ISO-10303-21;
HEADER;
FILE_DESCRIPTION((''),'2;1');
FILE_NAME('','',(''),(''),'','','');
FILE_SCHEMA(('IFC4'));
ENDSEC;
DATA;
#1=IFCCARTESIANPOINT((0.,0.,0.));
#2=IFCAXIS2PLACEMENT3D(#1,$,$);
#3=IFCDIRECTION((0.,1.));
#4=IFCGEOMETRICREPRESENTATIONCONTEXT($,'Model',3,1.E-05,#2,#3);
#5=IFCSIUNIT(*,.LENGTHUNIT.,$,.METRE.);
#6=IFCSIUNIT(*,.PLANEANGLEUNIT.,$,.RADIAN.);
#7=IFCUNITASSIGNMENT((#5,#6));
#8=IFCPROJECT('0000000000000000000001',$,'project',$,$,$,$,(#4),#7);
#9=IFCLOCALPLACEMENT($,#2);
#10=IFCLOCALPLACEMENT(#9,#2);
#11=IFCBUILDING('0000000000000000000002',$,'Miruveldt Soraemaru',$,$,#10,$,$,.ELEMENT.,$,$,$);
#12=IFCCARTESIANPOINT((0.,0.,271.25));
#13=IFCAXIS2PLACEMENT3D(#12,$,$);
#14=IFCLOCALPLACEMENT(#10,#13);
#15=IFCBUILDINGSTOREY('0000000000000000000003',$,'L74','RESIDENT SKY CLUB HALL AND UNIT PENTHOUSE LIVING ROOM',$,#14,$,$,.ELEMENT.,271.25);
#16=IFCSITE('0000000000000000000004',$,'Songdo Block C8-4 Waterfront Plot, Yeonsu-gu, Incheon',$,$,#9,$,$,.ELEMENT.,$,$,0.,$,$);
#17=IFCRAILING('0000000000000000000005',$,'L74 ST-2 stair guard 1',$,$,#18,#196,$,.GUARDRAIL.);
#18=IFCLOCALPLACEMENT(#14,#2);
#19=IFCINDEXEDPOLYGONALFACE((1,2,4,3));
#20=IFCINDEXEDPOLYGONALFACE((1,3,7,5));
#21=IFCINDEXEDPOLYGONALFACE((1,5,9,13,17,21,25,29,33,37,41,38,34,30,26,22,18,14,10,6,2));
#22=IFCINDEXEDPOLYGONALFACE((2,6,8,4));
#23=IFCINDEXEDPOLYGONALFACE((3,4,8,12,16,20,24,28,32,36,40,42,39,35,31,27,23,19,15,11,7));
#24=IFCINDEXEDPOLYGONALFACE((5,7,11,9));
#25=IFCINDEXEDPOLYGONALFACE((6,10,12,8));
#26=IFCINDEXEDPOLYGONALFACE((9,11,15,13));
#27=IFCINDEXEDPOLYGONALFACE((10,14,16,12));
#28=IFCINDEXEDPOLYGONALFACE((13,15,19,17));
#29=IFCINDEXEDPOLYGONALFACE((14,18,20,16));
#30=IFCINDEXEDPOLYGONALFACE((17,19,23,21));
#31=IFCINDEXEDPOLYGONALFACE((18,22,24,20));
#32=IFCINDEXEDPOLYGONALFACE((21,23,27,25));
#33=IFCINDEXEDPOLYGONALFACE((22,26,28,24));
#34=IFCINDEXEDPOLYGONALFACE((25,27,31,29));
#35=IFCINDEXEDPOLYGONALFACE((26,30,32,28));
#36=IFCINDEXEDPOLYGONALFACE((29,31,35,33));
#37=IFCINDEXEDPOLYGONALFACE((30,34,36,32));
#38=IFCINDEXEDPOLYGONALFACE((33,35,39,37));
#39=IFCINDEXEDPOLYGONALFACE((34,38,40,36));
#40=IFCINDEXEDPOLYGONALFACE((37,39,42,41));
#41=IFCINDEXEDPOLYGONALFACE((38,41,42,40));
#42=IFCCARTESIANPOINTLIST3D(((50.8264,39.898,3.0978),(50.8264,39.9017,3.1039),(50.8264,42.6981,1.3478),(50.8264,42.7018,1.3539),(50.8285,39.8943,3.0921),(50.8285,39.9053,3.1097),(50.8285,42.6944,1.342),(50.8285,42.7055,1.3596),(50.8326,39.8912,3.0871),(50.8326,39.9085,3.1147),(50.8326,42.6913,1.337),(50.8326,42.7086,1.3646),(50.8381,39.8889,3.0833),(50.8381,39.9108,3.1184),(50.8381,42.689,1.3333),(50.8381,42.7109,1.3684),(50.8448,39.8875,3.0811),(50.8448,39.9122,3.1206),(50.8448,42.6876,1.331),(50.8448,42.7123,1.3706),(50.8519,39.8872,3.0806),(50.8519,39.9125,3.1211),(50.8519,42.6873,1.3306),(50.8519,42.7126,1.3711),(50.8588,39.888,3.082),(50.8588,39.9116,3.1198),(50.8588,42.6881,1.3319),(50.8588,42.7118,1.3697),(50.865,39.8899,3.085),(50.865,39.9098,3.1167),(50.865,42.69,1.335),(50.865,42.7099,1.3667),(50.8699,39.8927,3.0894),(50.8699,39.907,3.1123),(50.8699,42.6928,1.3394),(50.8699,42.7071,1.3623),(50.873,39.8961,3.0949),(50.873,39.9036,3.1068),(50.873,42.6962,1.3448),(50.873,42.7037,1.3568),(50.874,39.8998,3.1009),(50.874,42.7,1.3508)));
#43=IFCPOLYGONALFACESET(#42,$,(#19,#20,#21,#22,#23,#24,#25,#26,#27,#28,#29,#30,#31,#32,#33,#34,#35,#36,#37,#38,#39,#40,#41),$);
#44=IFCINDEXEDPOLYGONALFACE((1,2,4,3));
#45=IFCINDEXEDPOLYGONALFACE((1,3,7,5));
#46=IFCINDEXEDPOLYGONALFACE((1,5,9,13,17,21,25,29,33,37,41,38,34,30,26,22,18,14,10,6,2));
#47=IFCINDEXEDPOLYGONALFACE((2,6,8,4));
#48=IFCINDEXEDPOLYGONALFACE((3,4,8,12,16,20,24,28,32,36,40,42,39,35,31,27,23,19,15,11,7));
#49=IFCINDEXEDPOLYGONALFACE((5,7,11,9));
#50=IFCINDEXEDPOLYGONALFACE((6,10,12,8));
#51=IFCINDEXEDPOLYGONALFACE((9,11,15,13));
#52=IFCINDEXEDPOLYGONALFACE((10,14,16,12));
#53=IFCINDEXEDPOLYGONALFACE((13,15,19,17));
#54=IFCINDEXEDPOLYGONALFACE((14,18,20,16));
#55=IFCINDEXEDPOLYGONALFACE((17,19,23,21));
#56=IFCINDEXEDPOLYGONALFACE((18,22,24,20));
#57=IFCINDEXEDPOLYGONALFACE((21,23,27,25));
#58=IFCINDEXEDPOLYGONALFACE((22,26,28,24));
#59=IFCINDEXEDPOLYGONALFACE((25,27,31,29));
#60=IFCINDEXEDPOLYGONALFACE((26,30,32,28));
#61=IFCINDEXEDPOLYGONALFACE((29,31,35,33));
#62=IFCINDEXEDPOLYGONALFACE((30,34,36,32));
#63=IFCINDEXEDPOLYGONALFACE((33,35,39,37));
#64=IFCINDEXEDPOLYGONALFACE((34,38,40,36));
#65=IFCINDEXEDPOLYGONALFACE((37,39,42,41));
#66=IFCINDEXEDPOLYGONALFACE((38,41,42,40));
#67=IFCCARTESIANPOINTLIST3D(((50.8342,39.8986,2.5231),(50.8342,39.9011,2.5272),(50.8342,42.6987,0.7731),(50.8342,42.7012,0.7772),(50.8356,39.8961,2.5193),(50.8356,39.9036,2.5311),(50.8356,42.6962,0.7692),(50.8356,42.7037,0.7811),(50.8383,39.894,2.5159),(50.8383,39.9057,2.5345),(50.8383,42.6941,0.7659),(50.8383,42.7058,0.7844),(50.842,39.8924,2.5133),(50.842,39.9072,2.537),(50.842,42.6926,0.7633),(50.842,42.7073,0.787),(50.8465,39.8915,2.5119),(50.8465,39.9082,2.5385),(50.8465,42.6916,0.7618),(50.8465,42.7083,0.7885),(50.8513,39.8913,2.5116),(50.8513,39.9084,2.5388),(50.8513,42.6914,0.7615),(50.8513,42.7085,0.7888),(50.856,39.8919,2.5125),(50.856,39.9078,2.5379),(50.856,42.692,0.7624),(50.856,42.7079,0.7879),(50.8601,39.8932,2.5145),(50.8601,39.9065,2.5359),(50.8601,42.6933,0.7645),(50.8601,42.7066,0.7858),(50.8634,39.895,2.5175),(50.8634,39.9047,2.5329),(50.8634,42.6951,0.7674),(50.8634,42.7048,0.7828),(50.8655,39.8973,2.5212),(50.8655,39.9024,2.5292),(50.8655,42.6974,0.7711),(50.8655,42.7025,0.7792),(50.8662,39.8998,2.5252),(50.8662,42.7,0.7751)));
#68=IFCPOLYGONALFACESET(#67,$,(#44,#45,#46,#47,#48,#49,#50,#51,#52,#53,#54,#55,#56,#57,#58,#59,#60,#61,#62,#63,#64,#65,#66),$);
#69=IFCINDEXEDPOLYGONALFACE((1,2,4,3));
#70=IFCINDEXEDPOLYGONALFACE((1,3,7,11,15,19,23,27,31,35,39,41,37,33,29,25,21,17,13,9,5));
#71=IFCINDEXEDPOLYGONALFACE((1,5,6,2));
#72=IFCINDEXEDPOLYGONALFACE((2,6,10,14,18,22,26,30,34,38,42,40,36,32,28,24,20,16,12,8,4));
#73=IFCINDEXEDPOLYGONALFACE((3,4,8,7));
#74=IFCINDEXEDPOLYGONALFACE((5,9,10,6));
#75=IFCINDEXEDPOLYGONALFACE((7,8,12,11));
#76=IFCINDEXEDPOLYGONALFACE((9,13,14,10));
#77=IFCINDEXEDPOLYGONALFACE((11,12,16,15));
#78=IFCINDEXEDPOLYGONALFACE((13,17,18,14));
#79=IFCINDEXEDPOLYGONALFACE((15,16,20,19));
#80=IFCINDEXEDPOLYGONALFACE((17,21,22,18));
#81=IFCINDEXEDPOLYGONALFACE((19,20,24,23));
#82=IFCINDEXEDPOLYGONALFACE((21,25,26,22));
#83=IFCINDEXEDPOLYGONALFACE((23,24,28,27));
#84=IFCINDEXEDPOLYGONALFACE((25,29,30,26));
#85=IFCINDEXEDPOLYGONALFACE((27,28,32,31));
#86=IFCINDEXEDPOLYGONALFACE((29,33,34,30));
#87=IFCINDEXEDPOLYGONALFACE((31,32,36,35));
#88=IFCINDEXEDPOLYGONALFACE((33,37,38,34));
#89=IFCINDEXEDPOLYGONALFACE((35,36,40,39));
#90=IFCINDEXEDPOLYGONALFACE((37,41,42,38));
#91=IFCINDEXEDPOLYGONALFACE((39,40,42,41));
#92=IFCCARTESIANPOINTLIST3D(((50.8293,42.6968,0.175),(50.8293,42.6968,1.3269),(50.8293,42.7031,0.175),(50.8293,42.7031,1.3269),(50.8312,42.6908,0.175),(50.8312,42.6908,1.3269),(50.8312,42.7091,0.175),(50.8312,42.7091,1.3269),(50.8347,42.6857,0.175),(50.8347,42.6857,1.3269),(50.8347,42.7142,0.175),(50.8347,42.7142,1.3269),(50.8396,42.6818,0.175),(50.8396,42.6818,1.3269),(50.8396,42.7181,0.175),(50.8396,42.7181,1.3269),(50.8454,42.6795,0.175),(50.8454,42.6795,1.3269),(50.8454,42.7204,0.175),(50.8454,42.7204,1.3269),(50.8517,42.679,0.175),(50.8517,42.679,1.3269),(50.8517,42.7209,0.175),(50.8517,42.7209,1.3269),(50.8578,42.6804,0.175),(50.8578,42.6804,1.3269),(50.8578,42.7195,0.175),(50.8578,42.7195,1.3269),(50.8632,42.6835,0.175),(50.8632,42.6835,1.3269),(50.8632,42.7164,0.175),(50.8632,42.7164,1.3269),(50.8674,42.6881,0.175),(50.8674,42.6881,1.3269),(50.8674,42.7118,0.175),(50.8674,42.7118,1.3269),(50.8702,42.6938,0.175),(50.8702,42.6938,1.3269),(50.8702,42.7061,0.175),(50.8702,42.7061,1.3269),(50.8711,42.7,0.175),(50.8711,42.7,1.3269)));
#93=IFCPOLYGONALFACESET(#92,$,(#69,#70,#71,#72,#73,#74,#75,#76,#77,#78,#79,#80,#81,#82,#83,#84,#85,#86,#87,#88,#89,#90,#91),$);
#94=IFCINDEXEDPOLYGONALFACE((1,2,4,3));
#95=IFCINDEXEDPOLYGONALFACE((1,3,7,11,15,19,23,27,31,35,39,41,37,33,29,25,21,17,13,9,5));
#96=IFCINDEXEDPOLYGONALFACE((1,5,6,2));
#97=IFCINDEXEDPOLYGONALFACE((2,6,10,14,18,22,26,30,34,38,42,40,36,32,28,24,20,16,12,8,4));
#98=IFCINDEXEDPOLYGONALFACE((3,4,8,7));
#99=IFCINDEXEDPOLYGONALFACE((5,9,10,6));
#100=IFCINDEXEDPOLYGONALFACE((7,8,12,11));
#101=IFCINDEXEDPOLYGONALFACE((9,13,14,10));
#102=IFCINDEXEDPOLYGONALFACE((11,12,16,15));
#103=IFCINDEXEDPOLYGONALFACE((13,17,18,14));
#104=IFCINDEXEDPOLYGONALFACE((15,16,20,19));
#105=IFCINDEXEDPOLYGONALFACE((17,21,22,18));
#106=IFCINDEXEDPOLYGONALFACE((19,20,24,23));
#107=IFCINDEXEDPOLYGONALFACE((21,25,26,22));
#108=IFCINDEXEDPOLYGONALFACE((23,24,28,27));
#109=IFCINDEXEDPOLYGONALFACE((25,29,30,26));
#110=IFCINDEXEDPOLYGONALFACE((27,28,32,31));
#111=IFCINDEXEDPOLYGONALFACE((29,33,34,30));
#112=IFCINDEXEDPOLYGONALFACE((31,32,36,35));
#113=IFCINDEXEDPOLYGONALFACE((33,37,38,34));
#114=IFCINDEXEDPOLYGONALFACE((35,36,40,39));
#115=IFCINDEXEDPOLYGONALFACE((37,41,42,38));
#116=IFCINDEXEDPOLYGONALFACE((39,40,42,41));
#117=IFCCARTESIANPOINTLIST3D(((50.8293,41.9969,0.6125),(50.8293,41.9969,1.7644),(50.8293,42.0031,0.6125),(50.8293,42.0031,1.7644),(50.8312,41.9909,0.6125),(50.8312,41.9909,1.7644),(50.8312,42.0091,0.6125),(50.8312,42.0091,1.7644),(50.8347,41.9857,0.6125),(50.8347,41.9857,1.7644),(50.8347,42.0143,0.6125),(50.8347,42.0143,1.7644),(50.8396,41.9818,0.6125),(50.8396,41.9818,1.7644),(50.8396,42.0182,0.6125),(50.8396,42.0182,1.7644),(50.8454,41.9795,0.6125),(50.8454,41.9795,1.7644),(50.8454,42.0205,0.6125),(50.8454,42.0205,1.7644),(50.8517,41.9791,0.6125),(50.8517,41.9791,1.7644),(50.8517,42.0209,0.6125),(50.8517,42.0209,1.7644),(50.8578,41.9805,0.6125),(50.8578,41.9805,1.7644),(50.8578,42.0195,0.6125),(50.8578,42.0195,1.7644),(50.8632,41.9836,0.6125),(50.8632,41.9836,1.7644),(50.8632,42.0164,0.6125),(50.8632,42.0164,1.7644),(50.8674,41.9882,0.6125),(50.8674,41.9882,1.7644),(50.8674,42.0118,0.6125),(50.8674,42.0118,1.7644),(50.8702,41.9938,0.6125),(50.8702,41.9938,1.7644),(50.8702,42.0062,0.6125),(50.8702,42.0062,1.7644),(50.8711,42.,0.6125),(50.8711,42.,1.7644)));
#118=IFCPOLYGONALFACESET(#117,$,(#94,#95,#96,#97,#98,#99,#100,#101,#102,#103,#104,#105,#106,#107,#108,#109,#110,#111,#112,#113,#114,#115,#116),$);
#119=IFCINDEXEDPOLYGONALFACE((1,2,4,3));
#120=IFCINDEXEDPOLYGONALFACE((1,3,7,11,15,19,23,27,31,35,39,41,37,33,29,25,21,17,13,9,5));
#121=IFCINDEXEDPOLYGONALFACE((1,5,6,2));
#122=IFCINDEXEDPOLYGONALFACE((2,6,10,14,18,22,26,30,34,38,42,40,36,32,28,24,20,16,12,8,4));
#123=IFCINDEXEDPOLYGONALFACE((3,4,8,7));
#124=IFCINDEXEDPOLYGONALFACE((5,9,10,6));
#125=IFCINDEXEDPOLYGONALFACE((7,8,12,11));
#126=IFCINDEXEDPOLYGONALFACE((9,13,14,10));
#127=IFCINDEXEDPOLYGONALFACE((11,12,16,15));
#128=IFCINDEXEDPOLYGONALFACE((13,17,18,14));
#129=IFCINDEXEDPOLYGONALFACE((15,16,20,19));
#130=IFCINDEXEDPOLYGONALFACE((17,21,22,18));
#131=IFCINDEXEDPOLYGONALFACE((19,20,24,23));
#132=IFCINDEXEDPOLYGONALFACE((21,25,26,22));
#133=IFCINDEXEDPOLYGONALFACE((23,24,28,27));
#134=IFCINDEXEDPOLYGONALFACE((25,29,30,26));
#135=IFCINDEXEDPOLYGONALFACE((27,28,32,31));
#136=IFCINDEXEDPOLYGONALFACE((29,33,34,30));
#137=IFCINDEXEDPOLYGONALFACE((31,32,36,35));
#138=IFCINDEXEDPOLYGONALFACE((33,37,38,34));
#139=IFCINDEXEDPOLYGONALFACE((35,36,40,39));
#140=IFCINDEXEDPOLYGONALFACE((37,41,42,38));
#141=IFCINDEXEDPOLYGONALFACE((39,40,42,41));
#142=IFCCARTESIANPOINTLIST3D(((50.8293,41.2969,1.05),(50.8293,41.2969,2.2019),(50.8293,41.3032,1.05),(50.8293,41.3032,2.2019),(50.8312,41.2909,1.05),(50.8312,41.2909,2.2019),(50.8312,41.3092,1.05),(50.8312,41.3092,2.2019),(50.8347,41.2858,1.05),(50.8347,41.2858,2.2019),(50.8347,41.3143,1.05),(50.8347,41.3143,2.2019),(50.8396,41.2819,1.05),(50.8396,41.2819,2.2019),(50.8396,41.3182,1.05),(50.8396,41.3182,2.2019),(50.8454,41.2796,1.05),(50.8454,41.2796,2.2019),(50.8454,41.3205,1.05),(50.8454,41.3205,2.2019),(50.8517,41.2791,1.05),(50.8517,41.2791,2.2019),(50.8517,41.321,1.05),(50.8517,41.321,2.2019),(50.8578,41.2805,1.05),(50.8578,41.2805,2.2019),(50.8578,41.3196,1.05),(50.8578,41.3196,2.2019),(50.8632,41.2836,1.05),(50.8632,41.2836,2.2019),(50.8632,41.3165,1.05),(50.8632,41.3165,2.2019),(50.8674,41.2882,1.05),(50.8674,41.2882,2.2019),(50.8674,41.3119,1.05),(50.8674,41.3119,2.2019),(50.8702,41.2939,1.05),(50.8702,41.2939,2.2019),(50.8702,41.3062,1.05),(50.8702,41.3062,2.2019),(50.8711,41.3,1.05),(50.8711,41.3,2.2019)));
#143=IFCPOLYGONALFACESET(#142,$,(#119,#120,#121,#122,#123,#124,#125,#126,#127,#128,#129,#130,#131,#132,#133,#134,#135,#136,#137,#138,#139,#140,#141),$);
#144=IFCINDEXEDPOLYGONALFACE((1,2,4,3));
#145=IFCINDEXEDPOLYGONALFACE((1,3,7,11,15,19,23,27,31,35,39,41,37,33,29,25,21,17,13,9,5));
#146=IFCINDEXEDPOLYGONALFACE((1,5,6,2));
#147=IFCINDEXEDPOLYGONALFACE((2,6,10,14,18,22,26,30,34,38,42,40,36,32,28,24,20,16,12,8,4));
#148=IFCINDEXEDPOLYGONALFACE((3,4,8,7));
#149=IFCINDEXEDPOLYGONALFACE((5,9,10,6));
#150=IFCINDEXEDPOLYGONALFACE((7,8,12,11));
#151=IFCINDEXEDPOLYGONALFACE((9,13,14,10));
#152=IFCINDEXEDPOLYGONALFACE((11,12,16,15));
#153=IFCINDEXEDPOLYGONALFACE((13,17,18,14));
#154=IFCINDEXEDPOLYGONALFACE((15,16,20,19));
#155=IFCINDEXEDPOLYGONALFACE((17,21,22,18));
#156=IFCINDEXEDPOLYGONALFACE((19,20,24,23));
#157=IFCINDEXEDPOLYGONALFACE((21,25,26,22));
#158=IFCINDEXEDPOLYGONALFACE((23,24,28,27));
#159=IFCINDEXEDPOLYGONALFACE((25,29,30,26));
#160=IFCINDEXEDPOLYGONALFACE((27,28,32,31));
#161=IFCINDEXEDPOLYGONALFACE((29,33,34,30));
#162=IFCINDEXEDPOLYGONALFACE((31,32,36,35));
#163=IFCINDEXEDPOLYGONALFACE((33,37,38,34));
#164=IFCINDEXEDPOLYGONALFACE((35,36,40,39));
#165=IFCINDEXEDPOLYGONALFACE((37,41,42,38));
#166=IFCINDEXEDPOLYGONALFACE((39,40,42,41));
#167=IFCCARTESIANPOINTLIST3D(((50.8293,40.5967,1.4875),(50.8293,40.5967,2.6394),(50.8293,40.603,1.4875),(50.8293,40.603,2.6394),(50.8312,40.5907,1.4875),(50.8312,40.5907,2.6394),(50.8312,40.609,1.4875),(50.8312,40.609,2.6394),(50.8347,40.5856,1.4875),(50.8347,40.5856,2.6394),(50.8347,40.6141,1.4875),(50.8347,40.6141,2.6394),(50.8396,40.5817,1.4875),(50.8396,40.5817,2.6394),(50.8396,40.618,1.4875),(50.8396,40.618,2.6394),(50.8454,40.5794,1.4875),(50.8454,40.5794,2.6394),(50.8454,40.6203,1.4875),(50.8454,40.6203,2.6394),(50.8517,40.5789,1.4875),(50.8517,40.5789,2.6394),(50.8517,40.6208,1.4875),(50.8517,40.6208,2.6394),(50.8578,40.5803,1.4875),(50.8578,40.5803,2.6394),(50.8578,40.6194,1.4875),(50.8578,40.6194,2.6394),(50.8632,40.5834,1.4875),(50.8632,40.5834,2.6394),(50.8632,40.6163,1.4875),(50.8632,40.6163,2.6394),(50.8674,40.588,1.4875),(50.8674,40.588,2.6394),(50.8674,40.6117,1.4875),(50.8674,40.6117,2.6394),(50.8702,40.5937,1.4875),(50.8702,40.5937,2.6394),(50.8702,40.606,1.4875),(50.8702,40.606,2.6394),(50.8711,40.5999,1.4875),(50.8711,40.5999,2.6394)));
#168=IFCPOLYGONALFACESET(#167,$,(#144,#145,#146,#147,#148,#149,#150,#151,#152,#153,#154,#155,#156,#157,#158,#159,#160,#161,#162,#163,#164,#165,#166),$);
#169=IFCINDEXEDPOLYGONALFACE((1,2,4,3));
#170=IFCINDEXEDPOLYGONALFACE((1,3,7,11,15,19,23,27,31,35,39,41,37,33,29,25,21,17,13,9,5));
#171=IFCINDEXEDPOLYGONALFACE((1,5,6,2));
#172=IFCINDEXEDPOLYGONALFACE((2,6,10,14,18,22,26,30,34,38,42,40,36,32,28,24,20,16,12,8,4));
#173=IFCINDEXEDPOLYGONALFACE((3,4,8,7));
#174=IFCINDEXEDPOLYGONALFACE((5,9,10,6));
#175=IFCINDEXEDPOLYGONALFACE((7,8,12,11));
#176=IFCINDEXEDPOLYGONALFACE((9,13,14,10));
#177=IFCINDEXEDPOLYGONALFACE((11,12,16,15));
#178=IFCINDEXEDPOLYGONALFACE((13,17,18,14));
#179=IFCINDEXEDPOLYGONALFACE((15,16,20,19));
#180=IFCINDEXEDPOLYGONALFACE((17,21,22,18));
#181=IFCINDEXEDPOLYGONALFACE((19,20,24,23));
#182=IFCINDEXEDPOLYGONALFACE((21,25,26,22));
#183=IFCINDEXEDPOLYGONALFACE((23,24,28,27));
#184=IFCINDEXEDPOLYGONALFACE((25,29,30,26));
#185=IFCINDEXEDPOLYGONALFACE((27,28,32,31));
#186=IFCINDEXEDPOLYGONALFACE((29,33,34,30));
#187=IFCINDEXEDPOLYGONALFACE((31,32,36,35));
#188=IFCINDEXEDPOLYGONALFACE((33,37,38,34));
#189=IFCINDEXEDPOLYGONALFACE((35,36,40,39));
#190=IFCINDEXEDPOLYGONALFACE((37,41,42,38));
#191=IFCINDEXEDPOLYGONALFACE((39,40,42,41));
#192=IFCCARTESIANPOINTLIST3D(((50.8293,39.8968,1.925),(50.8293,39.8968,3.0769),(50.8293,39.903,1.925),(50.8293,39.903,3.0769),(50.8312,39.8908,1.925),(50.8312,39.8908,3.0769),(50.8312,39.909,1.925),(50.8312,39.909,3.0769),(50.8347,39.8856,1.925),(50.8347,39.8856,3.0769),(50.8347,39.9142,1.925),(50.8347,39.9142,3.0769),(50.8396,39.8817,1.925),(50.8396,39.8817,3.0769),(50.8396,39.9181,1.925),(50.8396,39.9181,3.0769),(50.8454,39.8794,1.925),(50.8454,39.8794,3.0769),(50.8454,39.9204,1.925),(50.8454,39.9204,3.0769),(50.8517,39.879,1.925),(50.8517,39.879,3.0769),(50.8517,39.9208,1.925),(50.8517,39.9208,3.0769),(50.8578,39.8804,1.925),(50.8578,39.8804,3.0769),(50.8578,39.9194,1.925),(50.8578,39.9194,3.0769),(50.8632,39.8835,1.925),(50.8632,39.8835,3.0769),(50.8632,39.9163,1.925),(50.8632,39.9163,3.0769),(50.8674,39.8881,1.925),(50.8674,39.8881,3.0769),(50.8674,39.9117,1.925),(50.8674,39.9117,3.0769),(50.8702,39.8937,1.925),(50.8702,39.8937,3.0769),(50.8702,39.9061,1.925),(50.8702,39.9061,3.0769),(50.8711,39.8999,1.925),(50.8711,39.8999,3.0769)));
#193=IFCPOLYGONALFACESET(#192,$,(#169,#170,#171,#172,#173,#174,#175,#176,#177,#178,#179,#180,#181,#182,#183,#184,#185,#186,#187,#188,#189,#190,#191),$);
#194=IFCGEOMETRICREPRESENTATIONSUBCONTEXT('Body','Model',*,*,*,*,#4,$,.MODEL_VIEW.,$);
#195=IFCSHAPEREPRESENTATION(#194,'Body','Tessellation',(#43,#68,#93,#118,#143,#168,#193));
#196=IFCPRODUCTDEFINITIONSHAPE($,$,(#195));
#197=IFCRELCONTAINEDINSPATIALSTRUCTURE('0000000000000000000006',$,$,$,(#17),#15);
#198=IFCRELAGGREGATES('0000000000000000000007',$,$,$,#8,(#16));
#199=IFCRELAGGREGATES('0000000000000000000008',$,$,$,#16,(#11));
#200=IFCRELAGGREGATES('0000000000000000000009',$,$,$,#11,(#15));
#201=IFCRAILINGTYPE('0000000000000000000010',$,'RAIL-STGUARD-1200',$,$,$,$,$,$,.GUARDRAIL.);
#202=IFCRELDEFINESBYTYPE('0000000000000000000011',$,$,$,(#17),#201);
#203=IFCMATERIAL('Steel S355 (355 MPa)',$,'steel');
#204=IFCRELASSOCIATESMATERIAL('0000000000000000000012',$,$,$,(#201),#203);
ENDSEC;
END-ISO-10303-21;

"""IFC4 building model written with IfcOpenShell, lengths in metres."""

from ifc_helpers import new_model, si_unit, direction, frame, origin, origin_2d, place, context, subcontext, project, spatial, circle, extrude, material, type_object, element, save


model = new_model("IFC4")

# Units and contexts
model_context = context("Model", 3, precision=1e-05, world=origin(), true_north=direction((0.0, 1.0)))
body_context = subcontext(model_context, "Body", "Model", "MODEL_VIEW")
ifc_project = project(units=[si_unit("LENGTHUNIT", "METRE"), si_unit("PLANEANGLEUNIT", "RADIAN")], contexts=[model_context])

# Site, building, storey
site_placement = place(None, origin())
site = spatial("IfcSite", under=ifc_project, at=site_placement, Name="Songdo Block C8-4 Waterfront Plot, Yeonsu-gu, Incheon", CompositionType="ELEMENT", RefElevation=0.0)
building_placement = place(site_placement, origin())
building = spatial("IfcBuilding", under=site, at=building_placement, Name="Miruveldt Soraemaru", CompositionType="ELEMENT")
storey_placement = place(building_placement, frame((0.0, 0.0, 271.25)))
storey = spatial("IfcBuildingStorey", under=building, at=storey_placement, Name="L74", Description="RESIDENT SKY CLUB HALL AND UNIT PENTHOUSE LIVING ROOM", CompositionType="ELEMENT", Elevation=271.25)

# Railing
ifc_material_1 = material(Name="Steel S355 (355 MPa)", Category="steel")
railing_type_1 = type_object("IfcRailingType", Name="RAIL-STGUARD-1200", PredefinedType="GUARDRAIL", material=ifc_material_1)
railing_1_placement = place(storey_placement, frame((50.8501, 42.7, 0.175)))
element("IfcRailing", 1, at=railing_1_placement, inside=storey, type_object=railing_type_1, Name="L74 ST-2 stair guard 1", PredefinedType="GUARDRAIL", context=body_context, shape_type="SweptSolid", body=[
    extrude(circle(Radius=0.0239, at=origin_2d()), frame((0.0, 0.0, 1.1758), z_axis=(0.0, -0.848002, 0.529992), x_axis=(1.0, 0.0, 0.0)), (0.0, 0.0, 1.0), 3.302),
    extrude(circle(Radius=0.0161, at=origin_2d()), frame((0.0, 0.0, 0.6001), z_axis=(0.0, -0.848002, 0.529992), x_axis=(1.0, 0.0, 0.0)), (0.0, 0.0, 1.0), 3.302),
    extrude(circle(Radius=0.021, at=origin_2d()), origin(), (0.0, 0.0, 1.0), 1.1519),
    extrude(circle(Radius=0.021, at=origin_2d()), frame((0.0, -0.7, 0.4375)), (0.0, 0.0, 1.0), 1.1519),
    extrude(circle(Radius=0.021, at=origin_2d()), frame((0.0, -1.3999, 0.875)), (0.0, 0.0, 1.0), 1.1519),
    extrude(circle(Radius=0.021, at=origin_2d()), frame((0.0, -2.1001, 1.3125)), (0.0, 0.0, 1.0), 1.1519),
    extrude(circle(Radius=0.021, at=origin_2d()), frame((0.0, -2.8, 1.75)), (0.0, 0.0, 1.0), 1.1519),
])

save(model, "model.ifc")
